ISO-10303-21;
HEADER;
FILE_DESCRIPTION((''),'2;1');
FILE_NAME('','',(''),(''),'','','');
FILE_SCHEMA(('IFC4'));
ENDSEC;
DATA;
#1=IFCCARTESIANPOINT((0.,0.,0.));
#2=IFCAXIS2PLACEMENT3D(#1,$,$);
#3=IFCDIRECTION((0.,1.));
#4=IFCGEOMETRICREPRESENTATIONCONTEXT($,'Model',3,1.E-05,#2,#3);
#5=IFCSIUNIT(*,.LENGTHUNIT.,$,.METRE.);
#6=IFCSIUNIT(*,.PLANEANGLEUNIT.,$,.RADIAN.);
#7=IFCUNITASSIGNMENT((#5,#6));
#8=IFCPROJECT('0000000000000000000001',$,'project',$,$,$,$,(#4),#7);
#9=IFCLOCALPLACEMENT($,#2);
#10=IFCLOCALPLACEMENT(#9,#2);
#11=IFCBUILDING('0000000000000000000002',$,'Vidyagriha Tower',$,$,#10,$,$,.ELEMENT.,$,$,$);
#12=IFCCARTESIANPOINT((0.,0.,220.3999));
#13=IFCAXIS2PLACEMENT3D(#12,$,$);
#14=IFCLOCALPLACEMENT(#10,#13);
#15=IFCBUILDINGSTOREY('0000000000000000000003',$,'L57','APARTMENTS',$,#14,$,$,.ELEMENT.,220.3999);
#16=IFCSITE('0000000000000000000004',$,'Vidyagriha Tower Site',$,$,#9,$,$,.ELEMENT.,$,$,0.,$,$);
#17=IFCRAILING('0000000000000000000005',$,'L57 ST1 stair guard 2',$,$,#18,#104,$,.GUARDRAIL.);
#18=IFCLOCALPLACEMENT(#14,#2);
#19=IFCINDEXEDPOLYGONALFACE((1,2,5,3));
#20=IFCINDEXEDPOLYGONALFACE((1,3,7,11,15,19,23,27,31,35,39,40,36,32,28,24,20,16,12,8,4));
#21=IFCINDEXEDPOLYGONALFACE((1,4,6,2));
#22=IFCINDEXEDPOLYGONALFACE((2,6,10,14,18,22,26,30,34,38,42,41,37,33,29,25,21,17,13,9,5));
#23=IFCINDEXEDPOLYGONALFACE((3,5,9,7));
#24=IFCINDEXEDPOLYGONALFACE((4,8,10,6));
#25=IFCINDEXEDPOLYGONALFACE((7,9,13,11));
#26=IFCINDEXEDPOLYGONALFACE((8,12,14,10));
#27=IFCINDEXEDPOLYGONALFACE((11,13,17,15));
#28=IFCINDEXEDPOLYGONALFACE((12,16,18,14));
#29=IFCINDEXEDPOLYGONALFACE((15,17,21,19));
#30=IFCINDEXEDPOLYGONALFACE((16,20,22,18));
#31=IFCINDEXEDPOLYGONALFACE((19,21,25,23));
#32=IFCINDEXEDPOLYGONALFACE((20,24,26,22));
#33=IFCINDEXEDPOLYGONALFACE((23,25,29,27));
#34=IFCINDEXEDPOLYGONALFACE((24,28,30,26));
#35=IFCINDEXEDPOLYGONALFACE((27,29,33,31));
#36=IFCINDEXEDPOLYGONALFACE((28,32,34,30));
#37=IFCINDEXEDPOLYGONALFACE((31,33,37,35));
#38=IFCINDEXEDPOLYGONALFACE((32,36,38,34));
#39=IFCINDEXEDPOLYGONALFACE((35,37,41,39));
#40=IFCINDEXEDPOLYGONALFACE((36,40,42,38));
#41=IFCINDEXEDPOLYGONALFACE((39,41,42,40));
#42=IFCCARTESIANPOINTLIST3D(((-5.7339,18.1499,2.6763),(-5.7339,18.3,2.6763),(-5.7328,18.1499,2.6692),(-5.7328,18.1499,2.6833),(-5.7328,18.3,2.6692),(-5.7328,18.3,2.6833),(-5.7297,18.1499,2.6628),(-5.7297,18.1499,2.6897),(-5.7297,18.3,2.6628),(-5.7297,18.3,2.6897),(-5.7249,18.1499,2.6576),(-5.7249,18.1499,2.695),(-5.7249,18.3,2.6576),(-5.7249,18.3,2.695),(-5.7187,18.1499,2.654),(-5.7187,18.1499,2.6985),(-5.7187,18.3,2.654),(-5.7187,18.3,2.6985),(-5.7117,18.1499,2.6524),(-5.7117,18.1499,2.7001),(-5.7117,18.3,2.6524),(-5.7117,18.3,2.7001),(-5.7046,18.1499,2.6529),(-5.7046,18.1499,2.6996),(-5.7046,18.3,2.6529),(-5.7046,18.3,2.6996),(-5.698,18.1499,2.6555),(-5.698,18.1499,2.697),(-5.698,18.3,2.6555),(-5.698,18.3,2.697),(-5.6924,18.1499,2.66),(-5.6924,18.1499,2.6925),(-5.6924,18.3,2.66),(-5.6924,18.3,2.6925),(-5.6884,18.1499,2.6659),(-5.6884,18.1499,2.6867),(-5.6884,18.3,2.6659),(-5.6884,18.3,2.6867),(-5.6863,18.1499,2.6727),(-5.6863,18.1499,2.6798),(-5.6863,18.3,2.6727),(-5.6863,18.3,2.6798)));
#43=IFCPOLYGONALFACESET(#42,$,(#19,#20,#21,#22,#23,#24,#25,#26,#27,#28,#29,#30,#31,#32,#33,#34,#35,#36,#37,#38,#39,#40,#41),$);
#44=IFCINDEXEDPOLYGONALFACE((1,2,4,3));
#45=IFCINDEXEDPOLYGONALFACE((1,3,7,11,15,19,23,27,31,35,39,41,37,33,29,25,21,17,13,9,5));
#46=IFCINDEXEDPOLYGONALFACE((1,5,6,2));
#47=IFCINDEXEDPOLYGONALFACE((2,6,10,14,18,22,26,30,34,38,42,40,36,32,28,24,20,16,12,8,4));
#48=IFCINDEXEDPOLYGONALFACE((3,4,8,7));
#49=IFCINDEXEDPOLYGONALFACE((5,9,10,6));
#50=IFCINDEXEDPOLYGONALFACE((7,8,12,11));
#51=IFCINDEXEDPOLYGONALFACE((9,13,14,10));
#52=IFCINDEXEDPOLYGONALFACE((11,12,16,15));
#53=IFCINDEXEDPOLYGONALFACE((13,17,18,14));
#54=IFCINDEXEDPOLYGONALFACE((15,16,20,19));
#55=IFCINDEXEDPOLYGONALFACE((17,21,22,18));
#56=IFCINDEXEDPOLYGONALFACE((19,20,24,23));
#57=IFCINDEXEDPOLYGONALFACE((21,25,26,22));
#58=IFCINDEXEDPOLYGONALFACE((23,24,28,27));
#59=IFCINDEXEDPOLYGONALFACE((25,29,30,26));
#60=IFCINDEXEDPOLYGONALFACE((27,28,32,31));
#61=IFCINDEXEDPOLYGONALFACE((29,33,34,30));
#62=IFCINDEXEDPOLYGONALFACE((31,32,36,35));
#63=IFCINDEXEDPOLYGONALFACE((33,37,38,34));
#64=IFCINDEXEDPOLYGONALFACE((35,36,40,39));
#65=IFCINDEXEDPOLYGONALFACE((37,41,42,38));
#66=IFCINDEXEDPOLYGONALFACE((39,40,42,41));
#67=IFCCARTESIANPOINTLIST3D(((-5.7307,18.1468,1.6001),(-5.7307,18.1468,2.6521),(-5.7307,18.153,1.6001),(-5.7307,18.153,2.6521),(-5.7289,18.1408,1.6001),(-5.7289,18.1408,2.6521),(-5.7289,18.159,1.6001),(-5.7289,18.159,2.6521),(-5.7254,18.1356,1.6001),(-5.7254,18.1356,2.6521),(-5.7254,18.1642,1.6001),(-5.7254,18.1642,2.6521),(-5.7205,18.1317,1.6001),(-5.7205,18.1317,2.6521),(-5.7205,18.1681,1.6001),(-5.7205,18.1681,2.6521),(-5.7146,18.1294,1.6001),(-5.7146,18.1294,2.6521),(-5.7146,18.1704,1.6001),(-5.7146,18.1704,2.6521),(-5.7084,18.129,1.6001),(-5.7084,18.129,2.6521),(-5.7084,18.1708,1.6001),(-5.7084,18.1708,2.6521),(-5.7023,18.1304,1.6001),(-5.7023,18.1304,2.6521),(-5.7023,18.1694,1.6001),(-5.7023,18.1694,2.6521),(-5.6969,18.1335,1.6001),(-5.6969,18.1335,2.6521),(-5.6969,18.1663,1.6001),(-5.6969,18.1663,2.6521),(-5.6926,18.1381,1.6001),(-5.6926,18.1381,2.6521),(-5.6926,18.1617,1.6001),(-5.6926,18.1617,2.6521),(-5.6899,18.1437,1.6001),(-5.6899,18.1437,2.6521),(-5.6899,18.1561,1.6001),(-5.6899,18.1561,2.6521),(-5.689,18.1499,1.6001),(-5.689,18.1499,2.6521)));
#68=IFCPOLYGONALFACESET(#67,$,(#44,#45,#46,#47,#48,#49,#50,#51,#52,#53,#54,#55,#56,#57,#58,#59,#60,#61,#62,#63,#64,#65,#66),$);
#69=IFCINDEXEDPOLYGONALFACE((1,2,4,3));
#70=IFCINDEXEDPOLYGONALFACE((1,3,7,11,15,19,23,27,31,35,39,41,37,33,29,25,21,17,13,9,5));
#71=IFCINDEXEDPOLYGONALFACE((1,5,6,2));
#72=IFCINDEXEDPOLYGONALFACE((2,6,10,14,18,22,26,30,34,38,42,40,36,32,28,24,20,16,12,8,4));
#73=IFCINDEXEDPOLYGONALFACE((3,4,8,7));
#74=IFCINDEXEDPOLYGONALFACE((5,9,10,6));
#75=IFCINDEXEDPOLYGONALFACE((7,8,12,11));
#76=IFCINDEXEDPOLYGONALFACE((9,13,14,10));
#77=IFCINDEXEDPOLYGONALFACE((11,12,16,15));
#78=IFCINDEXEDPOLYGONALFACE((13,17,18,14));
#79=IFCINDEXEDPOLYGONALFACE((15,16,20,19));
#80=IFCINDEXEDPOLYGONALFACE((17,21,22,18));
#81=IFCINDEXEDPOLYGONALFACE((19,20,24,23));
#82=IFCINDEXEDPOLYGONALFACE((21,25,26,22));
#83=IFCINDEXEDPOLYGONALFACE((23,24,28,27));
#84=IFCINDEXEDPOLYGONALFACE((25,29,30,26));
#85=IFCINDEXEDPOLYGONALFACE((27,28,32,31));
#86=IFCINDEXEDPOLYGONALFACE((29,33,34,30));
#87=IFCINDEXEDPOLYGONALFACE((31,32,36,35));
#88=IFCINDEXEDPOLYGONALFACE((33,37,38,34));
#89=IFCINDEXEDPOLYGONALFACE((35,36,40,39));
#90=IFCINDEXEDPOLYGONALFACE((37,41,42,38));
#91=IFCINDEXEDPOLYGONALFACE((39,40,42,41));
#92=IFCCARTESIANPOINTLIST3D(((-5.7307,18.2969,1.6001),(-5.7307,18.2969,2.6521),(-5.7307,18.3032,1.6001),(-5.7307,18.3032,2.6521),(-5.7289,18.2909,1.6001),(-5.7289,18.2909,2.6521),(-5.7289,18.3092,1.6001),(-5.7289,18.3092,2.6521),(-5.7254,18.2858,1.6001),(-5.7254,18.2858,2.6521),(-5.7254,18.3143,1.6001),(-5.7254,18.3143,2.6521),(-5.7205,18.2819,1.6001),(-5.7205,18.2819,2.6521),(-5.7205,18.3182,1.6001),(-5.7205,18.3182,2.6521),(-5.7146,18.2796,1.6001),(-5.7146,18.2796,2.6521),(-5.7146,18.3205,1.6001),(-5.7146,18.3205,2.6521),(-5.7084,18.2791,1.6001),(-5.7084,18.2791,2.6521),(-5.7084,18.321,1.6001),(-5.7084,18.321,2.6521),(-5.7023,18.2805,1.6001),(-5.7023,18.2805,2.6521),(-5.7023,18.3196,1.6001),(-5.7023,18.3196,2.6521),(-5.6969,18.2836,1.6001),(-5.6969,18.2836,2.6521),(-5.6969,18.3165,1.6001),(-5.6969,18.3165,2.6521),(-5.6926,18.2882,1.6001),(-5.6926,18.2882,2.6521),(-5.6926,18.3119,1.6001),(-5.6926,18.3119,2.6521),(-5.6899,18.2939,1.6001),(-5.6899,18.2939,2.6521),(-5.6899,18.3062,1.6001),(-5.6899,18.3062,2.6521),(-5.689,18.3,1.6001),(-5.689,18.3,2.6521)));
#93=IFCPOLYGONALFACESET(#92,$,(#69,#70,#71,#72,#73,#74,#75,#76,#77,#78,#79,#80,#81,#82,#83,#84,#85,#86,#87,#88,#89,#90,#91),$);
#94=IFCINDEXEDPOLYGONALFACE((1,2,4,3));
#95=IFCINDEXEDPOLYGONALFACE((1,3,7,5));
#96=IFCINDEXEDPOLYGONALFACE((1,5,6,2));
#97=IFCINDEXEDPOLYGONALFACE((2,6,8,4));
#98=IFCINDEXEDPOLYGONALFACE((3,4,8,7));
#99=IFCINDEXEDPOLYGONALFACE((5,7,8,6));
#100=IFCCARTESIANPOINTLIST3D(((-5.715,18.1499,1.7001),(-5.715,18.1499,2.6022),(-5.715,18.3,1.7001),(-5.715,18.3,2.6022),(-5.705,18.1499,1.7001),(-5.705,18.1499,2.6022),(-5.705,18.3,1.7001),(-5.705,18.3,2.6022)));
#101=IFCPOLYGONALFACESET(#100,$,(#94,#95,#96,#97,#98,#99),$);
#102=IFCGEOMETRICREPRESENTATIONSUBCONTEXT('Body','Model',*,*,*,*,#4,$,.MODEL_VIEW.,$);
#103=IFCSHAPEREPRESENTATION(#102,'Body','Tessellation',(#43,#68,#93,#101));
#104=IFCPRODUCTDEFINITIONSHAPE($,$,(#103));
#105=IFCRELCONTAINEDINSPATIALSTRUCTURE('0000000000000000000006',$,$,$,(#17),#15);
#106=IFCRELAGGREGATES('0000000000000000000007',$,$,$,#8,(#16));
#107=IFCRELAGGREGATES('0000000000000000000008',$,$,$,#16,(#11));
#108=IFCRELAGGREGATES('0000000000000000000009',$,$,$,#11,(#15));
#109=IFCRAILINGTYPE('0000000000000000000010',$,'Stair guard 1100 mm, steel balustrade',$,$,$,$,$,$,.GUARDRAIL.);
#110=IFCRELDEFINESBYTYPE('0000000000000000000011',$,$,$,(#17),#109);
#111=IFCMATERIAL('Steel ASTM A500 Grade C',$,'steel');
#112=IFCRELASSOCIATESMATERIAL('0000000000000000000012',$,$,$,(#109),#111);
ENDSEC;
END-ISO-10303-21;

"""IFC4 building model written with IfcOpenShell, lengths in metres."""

from ifc_helpers import new_model, si_unit, direction, frame, origin, origin_2d, place, context, subcontext, project, spatial, rectangle, circle, extrude, material, type_object, element, save


model = new_model("IFC4")

# Units and contexts
model_context = context("Model", 3, precision=1e-05, world=origin(), true_north=direction((0.0, 1.0)))
body_context = subcontext(model_context, "Body", "Model", "MODEL_VIEW")
ifc_project = project(units=[si_unit("LENGTHUNIT", "METRE"), si_unit("PLANEANGLEUNIT", "RADIAN")], contexts=[model_context])

# Site, building, storey
site_placement = place(None, origin())
site = spatial("IfcSite", under=ifc_project, at=site_placement, Name="Vidyagriha Tower Site", CompositionType="ELEMENT", RefElevation=0.0)
building_placement = place(site_placement, origin())
building = spatial("IfcBuilding", under=site, at=building_placement, Name="Vidyagriha Tower", CompositionType="ELEMENT")
storey_placement = place(building_placement, frame((0.0, 0.0, 220.3999)))
storey = spatial("IfcBuildingStorey", under=building, at=storey_placement, Name="L57", Description="APARTMENTS", CompositionType="ELEMENT", Elevation=220.3999)

# Railing
ifc_material_1 = material(Name="Steel ASTM A500 Grade C", Category="steel")
railing_type_1 = type_object("IfcRailingType", Name="Stair guard 1100 mm, steel balustrade", PredefinedType="GUARDRAIL", material=ifc_material_1)
railing_1_placement = place(storey_placement, frame((-5.71, 18.1499, 1.6001)))
element("IfcRailing", 1, at=railing_1_placement, inside=storey, type_object=railing_type_1, Name="L57 ST1 stair guard 2", PredefinedType="GUARDRAIL", context=body_context, shape_type="SweptSolid", body=[
    extrude(circle(Radius=0.0239, at=origin_2d()), frame((0.0, 0.0, 1.0762), z_axis=(0.0, 1.0, 0.0), x_axis=(-1.0, 0.0, 0.0)), (0.0, 0.0, 1.0), 0.1501),
    extrude(circle(Radius=0.021, at=origin_2d()), origin(), (0.0, 0.0, 1.0), 1.052),
    extrude(circle(Radius=0.021, at=origin_2d()), frame((0.0, 0.1501, 0.0)), (0.0, 0.0, 1.0), 1.052),
    extrude(rectangle(XDim=0.01, YDim=0.9021, at=origin_2d()), frame((0.0, 0.0, 0.551), z_axis=(0.0, 1.0, 0.0), x_axis=(-1.0, 0.0, 0.0)), (0.0, 0.0, 1.0), 0.1501),
])

save(model, "model.ifc")
